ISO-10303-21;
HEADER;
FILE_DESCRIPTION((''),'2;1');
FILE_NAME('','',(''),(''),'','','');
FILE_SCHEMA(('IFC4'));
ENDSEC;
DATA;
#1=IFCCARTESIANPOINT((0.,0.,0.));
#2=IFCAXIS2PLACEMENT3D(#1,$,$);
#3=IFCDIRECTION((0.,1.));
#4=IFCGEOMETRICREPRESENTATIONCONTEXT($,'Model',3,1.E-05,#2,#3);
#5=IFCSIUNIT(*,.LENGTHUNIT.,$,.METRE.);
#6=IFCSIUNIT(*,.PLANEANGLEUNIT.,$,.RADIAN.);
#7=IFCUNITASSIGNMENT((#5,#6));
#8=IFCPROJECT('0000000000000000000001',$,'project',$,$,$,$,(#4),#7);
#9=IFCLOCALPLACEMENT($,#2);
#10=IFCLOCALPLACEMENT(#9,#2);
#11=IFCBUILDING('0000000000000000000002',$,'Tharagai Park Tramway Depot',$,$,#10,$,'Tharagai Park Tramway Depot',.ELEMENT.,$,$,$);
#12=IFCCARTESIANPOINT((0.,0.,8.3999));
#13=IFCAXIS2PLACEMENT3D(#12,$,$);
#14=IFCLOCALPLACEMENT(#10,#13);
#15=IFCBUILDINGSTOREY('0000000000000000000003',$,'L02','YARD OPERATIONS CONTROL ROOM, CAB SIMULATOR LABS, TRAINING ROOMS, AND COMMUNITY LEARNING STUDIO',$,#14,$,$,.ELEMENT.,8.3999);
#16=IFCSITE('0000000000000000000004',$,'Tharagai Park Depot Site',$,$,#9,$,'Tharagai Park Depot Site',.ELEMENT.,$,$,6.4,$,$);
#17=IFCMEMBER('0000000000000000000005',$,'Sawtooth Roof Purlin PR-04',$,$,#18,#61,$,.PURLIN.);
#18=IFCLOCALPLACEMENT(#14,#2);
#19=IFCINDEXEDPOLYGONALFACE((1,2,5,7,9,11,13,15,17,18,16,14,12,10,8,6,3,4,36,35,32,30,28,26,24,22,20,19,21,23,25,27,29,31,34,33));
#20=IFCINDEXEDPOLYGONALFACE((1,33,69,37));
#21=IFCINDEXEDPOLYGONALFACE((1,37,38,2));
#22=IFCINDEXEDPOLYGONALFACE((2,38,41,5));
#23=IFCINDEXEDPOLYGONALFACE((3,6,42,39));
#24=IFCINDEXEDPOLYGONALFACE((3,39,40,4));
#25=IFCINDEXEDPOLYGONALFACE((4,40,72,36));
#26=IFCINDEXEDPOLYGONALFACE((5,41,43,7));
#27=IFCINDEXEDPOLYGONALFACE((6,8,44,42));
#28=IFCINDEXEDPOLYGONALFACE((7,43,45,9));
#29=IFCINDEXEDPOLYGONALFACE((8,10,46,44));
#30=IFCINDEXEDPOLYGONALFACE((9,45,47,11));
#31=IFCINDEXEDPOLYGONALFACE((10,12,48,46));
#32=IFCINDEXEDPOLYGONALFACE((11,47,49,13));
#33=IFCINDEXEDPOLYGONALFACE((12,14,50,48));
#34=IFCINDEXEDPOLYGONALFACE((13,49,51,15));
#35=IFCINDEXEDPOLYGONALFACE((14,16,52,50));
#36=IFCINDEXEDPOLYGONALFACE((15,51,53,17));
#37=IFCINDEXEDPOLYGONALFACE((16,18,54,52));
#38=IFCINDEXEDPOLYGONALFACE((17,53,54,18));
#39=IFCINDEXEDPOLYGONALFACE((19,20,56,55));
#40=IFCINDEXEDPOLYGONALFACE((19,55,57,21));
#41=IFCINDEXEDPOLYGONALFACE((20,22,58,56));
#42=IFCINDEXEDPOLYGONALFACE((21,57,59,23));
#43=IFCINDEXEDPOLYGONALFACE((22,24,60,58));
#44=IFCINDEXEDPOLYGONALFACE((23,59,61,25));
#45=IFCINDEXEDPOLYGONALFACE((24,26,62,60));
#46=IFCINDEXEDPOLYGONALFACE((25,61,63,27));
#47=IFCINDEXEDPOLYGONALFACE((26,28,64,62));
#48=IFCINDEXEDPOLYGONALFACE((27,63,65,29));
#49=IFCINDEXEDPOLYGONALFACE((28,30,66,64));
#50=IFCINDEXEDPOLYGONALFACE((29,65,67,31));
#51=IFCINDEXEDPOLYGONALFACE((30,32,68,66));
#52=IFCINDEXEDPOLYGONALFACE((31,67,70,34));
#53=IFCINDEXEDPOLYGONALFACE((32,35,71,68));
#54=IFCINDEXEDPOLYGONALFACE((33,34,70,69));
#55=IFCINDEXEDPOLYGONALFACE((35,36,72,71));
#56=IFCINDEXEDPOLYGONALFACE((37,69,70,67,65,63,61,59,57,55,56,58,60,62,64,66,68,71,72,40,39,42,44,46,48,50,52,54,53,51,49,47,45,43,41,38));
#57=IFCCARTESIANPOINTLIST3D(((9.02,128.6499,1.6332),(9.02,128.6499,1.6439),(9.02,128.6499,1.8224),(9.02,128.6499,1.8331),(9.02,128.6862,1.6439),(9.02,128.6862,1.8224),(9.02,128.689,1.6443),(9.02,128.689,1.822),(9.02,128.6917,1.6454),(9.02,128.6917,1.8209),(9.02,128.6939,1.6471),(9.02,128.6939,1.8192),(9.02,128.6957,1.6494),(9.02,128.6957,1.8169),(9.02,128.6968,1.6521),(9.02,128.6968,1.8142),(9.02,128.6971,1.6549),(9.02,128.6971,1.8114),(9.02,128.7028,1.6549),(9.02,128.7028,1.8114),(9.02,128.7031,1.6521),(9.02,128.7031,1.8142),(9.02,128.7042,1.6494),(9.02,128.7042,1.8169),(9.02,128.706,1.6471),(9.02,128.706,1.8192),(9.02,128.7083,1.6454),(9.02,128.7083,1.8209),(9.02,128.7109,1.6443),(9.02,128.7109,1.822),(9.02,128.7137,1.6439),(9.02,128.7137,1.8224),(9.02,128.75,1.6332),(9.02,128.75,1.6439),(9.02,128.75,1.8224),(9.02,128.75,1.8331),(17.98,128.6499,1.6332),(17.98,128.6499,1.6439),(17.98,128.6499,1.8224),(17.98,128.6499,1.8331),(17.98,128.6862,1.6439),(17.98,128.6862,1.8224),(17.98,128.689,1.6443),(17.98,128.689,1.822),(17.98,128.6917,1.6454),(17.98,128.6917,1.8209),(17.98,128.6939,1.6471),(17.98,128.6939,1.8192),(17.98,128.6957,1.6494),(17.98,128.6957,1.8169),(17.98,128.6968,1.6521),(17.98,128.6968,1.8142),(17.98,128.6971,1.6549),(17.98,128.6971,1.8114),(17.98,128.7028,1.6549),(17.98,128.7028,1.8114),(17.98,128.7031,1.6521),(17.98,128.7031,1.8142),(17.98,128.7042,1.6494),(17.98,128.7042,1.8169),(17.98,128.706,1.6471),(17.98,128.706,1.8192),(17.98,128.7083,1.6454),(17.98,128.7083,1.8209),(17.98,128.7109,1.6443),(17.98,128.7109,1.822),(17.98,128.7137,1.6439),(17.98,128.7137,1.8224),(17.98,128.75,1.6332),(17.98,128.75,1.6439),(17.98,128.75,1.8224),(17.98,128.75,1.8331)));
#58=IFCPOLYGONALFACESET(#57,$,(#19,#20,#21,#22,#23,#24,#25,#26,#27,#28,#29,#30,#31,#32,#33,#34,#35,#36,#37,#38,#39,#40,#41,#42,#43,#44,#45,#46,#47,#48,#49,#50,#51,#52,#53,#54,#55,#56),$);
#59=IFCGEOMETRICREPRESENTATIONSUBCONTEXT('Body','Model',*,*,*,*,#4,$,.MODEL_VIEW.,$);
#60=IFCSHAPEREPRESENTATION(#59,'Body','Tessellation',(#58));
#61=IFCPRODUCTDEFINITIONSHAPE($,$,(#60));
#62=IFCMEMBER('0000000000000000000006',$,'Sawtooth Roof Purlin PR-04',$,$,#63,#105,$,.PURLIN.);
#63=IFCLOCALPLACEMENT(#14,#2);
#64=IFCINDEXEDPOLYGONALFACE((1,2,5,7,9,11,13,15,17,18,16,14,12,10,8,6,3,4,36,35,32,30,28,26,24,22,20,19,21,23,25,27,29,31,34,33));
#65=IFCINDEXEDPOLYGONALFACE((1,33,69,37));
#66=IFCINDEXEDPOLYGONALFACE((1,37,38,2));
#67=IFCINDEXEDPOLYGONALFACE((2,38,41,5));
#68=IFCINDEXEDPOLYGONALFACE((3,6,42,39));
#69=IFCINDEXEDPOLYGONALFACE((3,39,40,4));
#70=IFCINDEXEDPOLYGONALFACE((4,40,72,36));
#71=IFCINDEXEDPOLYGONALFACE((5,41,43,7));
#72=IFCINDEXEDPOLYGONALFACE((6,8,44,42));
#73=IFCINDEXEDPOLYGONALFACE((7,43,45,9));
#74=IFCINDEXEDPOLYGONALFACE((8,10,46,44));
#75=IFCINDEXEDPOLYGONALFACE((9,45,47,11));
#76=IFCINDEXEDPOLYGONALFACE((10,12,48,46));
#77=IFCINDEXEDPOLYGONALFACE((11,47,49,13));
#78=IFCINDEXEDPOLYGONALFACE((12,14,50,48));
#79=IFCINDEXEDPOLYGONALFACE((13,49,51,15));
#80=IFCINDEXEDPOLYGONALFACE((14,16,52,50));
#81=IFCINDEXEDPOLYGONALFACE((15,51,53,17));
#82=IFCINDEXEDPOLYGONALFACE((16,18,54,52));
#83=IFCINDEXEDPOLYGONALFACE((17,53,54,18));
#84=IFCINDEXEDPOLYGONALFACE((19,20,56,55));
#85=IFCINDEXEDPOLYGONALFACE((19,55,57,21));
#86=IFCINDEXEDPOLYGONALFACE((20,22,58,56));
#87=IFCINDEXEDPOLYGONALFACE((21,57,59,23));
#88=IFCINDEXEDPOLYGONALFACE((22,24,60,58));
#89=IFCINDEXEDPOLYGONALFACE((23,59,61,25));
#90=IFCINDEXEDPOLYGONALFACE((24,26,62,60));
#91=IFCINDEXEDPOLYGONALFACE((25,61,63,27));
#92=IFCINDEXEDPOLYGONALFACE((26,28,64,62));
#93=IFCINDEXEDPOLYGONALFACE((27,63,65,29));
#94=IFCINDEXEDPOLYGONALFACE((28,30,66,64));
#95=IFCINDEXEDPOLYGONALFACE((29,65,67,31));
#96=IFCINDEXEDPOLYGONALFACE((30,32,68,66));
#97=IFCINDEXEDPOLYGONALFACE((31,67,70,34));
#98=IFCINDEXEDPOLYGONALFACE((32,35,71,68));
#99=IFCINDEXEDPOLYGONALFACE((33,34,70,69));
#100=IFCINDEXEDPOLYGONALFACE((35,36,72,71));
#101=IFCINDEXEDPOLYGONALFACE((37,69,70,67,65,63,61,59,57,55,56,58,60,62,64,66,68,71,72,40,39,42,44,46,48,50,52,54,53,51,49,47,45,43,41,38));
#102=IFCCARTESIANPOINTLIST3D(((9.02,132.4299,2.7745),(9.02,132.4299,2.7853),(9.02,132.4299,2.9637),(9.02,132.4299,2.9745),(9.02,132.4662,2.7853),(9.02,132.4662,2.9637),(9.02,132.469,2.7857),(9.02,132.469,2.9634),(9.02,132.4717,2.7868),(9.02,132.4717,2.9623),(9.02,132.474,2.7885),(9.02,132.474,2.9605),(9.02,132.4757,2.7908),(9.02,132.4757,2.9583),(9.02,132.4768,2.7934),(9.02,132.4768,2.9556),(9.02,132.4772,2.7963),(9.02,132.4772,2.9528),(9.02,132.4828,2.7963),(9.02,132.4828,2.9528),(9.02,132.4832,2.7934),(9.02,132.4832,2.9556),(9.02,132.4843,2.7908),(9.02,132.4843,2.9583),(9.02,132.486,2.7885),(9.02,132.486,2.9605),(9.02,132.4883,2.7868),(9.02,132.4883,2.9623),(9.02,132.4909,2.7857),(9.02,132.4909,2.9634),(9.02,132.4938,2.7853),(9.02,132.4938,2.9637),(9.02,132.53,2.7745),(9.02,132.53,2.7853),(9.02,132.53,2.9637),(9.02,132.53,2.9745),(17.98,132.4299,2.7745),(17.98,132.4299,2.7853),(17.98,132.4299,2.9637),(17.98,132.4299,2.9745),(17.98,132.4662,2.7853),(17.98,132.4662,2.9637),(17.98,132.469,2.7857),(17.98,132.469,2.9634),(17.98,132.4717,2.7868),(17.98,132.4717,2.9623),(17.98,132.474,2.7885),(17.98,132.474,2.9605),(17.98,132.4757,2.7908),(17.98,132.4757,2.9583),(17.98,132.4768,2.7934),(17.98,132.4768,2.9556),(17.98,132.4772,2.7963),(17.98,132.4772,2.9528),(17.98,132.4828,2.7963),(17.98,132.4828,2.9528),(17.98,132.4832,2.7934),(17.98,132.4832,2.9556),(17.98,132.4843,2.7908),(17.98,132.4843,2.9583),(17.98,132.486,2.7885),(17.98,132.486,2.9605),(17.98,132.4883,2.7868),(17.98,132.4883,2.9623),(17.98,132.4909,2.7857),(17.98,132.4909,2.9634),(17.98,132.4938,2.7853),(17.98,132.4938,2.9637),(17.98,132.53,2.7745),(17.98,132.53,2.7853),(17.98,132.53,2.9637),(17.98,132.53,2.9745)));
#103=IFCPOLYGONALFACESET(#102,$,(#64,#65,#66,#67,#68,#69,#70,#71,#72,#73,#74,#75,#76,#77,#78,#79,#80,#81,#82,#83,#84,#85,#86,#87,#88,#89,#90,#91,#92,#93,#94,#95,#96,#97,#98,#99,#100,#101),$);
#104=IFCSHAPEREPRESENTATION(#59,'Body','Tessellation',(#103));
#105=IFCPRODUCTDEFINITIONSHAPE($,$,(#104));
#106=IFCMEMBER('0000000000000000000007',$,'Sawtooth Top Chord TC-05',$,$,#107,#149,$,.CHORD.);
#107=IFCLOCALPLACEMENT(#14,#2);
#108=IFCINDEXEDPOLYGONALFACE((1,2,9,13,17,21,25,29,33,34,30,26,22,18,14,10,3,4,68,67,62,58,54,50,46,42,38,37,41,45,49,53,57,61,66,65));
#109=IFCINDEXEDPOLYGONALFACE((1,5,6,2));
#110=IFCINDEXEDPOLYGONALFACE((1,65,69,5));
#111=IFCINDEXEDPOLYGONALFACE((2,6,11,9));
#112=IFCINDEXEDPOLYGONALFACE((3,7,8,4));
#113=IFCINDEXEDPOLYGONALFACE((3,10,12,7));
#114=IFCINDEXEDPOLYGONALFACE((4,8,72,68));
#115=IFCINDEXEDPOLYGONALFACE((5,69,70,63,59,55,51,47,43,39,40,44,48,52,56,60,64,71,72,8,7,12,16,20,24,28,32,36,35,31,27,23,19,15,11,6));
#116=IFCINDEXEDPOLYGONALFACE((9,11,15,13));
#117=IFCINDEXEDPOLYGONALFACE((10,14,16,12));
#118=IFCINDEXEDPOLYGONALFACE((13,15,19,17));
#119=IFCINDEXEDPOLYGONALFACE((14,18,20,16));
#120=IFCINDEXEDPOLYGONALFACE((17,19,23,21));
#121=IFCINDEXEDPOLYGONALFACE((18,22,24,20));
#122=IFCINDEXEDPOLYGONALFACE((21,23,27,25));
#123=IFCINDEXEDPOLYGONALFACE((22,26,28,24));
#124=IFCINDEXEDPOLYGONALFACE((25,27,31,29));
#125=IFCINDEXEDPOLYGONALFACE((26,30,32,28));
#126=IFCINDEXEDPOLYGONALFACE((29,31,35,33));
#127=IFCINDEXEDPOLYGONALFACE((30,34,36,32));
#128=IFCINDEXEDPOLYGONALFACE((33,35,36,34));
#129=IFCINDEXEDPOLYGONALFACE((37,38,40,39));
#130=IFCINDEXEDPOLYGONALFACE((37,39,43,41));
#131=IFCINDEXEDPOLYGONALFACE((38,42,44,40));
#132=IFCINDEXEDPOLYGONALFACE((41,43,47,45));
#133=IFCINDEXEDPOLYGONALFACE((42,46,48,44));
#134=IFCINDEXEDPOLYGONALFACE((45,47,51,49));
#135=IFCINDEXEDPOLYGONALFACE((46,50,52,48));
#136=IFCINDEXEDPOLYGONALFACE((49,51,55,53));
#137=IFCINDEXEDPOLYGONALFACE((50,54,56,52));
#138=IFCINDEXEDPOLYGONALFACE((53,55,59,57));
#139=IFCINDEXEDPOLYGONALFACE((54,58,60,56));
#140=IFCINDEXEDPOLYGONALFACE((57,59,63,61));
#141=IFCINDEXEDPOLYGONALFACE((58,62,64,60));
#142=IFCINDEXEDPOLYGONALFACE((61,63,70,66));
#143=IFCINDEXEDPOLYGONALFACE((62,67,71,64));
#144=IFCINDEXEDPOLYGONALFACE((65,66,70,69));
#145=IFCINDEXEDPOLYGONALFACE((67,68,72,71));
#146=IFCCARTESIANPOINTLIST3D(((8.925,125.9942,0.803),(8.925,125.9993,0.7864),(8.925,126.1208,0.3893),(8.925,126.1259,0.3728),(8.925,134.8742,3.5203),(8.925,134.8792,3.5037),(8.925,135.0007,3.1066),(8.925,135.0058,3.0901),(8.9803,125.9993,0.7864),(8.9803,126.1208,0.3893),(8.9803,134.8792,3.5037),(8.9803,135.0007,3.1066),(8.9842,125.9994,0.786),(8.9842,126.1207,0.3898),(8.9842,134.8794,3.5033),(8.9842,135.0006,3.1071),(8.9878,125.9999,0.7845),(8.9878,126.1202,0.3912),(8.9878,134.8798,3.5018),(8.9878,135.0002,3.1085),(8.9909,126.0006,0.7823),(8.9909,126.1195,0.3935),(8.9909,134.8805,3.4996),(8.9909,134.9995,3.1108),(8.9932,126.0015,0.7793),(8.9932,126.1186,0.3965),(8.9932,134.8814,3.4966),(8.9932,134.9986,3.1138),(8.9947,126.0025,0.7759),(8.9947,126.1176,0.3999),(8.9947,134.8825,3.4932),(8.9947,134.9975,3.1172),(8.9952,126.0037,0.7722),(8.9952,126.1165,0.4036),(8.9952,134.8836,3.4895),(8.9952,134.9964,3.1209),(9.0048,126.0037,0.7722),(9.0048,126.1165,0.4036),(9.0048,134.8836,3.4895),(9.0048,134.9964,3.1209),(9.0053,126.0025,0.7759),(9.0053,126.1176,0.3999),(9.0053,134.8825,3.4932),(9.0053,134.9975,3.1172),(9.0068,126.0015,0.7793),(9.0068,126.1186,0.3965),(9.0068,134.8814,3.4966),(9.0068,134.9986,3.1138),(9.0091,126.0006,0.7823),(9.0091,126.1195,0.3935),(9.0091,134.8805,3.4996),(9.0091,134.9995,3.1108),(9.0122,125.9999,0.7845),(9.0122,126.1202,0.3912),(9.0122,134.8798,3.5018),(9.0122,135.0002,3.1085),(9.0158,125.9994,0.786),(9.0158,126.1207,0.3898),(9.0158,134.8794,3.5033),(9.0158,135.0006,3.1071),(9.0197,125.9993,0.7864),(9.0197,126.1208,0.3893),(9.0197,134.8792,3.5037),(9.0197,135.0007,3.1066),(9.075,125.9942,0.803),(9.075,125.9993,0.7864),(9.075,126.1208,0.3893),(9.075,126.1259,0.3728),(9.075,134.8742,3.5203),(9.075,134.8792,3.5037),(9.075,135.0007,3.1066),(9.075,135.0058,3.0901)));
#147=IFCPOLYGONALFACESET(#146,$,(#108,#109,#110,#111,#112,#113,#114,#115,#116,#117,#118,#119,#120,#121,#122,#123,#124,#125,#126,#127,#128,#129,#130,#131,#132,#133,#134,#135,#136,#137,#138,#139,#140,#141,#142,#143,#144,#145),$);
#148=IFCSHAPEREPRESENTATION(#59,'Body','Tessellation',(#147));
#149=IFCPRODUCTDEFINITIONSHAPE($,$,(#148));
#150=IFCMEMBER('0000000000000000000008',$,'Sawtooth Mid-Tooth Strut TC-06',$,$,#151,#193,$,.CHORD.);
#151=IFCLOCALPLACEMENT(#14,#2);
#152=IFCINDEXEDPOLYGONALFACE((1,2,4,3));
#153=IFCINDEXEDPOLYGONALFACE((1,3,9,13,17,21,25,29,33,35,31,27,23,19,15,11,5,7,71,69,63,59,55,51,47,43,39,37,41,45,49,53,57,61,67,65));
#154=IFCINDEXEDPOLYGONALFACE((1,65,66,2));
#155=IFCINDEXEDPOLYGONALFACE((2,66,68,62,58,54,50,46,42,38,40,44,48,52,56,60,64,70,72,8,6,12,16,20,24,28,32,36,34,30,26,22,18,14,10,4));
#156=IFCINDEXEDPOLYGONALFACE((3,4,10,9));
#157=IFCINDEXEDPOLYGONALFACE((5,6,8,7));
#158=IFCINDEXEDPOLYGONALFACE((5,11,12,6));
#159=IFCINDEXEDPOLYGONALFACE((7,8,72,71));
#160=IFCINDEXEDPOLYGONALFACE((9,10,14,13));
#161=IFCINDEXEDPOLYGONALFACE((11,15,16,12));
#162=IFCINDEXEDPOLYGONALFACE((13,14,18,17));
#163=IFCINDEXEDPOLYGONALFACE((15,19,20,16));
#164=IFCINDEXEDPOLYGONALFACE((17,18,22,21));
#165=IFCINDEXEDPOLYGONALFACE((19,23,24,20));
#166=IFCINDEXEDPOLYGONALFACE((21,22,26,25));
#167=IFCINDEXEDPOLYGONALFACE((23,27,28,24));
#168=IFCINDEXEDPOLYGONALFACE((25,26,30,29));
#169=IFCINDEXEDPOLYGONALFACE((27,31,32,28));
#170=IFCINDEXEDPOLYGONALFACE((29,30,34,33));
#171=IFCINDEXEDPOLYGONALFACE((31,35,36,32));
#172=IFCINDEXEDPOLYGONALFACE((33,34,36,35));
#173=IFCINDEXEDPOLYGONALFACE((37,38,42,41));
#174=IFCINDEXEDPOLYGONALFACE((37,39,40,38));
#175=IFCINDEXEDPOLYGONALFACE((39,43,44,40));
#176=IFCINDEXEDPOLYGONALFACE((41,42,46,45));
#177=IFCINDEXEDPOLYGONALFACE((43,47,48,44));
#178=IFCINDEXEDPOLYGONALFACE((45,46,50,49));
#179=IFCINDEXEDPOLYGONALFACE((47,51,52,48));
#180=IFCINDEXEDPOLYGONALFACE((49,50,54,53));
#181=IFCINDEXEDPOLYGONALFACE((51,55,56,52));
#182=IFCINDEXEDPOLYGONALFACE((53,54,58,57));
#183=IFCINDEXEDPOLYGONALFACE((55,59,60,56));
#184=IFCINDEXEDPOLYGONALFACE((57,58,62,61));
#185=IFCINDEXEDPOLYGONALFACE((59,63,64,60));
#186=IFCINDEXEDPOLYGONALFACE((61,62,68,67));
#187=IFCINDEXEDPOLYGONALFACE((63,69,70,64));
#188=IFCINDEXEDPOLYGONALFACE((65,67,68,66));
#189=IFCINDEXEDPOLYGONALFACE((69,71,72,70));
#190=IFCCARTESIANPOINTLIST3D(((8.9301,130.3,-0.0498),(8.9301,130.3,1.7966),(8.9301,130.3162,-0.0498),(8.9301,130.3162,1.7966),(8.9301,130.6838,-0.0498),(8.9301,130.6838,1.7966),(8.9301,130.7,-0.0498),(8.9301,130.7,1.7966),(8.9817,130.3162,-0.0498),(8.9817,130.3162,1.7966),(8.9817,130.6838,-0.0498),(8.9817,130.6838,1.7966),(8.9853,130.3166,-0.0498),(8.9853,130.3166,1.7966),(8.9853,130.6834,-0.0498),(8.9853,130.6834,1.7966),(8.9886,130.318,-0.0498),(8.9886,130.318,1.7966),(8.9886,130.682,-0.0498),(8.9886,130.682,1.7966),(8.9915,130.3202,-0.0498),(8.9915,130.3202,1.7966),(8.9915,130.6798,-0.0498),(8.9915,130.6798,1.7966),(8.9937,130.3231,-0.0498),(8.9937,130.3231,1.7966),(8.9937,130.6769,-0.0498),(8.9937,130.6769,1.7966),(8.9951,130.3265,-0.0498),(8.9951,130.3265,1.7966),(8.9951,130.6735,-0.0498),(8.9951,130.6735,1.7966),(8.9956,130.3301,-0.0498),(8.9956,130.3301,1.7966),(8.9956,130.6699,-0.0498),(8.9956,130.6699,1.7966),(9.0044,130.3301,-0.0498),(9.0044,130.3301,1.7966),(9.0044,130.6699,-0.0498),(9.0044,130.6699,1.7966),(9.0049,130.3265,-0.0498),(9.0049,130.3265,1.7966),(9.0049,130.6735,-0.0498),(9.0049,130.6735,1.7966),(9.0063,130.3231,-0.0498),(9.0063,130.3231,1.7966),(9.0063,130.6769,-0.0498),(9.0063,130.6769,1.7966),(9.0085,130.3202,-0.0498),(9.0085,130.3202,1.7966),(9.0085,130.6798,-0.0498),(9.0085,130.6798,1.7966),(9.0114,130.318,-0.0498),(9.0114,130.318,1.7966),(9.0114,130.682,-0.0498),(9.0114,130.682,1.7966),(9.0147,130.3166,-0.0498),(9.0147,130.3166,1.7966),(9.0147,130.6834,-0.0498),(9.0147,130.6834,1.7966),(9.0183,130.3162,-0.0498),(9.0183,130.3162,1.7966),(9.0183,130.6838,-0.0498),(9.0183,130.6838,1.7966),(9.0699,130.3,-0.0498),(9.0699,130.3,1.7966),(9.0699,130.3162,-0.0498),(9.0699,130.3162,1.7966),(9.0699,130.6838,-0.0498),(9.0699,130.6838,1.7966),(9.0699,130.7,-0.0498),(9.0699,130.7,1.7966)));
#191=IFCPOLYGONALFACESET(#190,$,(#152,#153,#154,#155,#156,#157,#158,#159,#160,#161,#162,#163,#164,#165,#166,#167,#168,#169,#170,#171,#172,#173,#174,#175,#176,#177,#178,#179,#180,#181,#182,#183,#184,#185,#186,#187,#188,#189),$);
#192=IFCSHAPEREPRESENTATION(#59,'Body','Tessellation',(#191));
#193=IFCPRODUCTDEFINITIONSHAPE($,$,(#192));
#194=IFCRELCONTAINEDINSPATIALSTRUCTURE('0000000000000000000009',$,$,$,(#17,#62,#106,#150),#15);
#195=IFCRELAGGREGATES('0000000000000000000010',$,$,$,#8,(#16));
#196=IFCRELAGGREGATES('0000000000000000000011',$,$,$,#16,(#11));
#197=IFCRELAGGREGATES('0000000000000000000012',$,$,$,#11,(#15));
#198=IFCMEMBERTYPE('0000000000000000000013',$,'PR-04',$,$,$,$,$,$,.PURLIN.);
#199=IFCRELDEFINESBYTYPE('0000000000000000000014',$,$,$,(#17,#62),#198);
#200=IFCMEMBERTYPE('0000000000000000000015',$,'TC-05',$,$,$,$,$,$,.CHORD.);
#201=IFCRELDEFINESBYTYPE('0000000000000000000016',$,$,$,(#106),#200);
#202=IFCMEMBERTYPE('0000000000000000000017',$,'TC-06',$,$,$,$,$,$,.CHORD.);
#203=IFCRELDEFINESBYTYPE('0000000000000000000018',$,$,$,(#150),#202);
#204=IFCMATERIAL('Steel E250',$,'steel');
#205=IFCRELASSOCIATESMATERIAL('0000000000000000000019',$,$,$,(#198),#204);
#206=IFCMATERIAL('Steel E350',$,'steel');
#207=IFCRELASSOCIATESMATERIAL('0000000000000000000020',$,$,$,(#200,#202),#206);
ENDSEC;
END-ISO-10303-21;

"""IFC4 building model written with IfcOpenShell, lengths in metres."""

from ifc_helpers import new_model, si_unit, direction, frame, origin, origin_2d, place, context, subcontext, project, spatial, i_section, extrude, material, material_profile, profile_set, type_object, element, save


model = new_model("IFC4")

# Units and contexts
model_context = context("Model", 3, precision=1e-05, world=origin(), true_north=direction((0.0, 1.0)))
body_context = subcontext(model_context, "Body", "Model", "MODEL_VIEW")
ifc_project = project(units=[si_unit("LENGTHUNIT", "METRE"), si_unit("PLANEANGLEUNIT", "RADIAN")], contexts=[model_context])

# Site, building, storey
site_placement = place(None, origin())
site = spatial("IfcSite", under=ifc_project, at=site_placement, Name="Tharagai Park Depot Site", LongName="Tharagai Park Depot Site", CompositionType="ELEMENT", RefElevation=6.4)
building_placement = place(site_placement, origin())
building = spatial("IfcBuilding", under=site, at=building_placement, Name="Tharagai Park Tramway Depot", LongName="Tharagai Park Tramway Depot", CompositionType="ELEMENT")
storey_placement = place(building_placement, frame((0.0, 0.0, 8.3999)))
storey = spatial("IfcBuildingStorey", under=building, at=storey_placement, Name="L02", Description="YARD OPERATIONS CONTROL ROOM, CAB SIMULATOR LABS, TRAINING ROOMS, AND COMMUNITY LEARNING STUDIO", CompositionType="ELEMENT", Elevation=8.3999)

# Shared definitions
ifc_material_1 = material(Name="Steel E350", Category="steel")

# Members
ifc_material_2 = material(Name="Steel E250", Category="steel")
ifc_material_profile_1 = material_profile(ifc_material_2, i_section(OverallWidth=0.1001, OverallDepth=0.2, WebThickness=0.0056, FlangeThickness=0.0107, FilletRadius=0.011, at=origin_2d()), Name="ISMB 200")
ifc_profile_set_1 = profile_set([ifc_material_profile_1], Name="Steel E250")
member_type_1 = type_object("IfcMemberType", Name="PR-04", PredefinedType="PURLIN", material=ifc_profile_set_1)
for number, where, z_axis, x_axis, name in (
    (1, (9.02, 128.7, 1.7332), (1.0, 0.0, 0.0), (0.0, 1.0, 0.0), "Sawtooth Roof Purlin PR-04"),
    (2, (9.02, 132.48, 2.8745), (1.0, 0.0, 0.0), (0.0, 1.0, 0.0), "Sawtooth Roof Purlin PR-04"),
):
    element("IfcMember", number, at=place(storey_placement, frame(where, z_axis=z_axis, x_axis=x_axis)), inside=storey, type_object=member_type_1, Name=name, PredefinedType="PURLIN", context=body_context, shape_type="SweptSolid", body=[
        extrude(i_section(OverallWidth=0.1001, OverallDepth=0.2, WebThickness=0.0056, FlangeThickness=0.0107, FilletRadius=0.011, at=origin_2d()), origin(), (0.0, 0.0, 1.0), 8.96),
    ])
ifc_material_profile_2 = material_profile(ifc_material_1, i_section(OverallWidth=0.1499, OverallDepth=0.45, WebThickness=0.0095, FlangeThickness=0.0173, FilletRadius=0.0149, at=origin_2d()), Name="ISMB 450")
ifc_profile_set_2 = profile_set([ifc_material_profile_2], Name="Steel E350")
member_type_2 = type_object("IfcMemberType", Name="TC-05", PredefinedType="CHORD", material=ifc_profile_set_2)
member_1_placement = place(storey_placement, frame((9.0, 126.0601, 0.5879), z_axis=(0.0, 0.956231, 0.292611), x_axis=(-1.0, 0.0, 0.0)))
element("IfcMember", 3, at=member_1_placement, inside=storey, type_object=member_type_2, Name="Sawtooth Top Chord TC-05", PredefinedType="CHORD", context=body_context, shape_type="SweptSolid", body=[
    extrude(i_section(OverallWidth=0.1499, OverallDepth=0.45, WebThickness=0.0095, FlangeThickness=0.0173, FilletRadius=0.0149, at=origin_2d()), origin(), (0.0, 0.0, 1.0), 9.2864),
])
ifc_material_profile_3 = material_profile(ifc_material_1, i_section(OverallWidth=0.1399, OverallDepth=0.3999, WebThickness=0.0088, FlangeThickness=0.0161, FilletRadius=0.0139, at=origin_2d()), Name="ISMB 400")
ifc_profile_set_3 = profile_set([ifc_material_profile_3], Name="Steel E350")
member_type_3 = type_object("IfcMemberType", Name="TC-06", PredefinedType="CHORD", material=ifc_profile_set_3)
member_2_placement = place(storey_placement, frame((9.0, 130.5, -0.0498), z_axis=(0.0, 0.0, 1.0), x_axis=(1.0, 0.0, 0.0)))
element("IfcMember", 4, at=member_2_placement, inside=storey, type_object=member_type_3, Name="Sawtooth Mid-Tooth Strut TC-06", PredefinedType="CHORD", context=body_context, shape_type="SweptSolid", body=[
    extrude(i_section(OverallWidth=0.1399, OverallDepth=0.3999, WebThickness=0.0088, FlangeThickness=0.0161, FilletRadius=0.0139, at=origin_2d()), origin(), (0.0, 0.0, 1.0), 1.8464),
])

save(model, "model.ifc")
